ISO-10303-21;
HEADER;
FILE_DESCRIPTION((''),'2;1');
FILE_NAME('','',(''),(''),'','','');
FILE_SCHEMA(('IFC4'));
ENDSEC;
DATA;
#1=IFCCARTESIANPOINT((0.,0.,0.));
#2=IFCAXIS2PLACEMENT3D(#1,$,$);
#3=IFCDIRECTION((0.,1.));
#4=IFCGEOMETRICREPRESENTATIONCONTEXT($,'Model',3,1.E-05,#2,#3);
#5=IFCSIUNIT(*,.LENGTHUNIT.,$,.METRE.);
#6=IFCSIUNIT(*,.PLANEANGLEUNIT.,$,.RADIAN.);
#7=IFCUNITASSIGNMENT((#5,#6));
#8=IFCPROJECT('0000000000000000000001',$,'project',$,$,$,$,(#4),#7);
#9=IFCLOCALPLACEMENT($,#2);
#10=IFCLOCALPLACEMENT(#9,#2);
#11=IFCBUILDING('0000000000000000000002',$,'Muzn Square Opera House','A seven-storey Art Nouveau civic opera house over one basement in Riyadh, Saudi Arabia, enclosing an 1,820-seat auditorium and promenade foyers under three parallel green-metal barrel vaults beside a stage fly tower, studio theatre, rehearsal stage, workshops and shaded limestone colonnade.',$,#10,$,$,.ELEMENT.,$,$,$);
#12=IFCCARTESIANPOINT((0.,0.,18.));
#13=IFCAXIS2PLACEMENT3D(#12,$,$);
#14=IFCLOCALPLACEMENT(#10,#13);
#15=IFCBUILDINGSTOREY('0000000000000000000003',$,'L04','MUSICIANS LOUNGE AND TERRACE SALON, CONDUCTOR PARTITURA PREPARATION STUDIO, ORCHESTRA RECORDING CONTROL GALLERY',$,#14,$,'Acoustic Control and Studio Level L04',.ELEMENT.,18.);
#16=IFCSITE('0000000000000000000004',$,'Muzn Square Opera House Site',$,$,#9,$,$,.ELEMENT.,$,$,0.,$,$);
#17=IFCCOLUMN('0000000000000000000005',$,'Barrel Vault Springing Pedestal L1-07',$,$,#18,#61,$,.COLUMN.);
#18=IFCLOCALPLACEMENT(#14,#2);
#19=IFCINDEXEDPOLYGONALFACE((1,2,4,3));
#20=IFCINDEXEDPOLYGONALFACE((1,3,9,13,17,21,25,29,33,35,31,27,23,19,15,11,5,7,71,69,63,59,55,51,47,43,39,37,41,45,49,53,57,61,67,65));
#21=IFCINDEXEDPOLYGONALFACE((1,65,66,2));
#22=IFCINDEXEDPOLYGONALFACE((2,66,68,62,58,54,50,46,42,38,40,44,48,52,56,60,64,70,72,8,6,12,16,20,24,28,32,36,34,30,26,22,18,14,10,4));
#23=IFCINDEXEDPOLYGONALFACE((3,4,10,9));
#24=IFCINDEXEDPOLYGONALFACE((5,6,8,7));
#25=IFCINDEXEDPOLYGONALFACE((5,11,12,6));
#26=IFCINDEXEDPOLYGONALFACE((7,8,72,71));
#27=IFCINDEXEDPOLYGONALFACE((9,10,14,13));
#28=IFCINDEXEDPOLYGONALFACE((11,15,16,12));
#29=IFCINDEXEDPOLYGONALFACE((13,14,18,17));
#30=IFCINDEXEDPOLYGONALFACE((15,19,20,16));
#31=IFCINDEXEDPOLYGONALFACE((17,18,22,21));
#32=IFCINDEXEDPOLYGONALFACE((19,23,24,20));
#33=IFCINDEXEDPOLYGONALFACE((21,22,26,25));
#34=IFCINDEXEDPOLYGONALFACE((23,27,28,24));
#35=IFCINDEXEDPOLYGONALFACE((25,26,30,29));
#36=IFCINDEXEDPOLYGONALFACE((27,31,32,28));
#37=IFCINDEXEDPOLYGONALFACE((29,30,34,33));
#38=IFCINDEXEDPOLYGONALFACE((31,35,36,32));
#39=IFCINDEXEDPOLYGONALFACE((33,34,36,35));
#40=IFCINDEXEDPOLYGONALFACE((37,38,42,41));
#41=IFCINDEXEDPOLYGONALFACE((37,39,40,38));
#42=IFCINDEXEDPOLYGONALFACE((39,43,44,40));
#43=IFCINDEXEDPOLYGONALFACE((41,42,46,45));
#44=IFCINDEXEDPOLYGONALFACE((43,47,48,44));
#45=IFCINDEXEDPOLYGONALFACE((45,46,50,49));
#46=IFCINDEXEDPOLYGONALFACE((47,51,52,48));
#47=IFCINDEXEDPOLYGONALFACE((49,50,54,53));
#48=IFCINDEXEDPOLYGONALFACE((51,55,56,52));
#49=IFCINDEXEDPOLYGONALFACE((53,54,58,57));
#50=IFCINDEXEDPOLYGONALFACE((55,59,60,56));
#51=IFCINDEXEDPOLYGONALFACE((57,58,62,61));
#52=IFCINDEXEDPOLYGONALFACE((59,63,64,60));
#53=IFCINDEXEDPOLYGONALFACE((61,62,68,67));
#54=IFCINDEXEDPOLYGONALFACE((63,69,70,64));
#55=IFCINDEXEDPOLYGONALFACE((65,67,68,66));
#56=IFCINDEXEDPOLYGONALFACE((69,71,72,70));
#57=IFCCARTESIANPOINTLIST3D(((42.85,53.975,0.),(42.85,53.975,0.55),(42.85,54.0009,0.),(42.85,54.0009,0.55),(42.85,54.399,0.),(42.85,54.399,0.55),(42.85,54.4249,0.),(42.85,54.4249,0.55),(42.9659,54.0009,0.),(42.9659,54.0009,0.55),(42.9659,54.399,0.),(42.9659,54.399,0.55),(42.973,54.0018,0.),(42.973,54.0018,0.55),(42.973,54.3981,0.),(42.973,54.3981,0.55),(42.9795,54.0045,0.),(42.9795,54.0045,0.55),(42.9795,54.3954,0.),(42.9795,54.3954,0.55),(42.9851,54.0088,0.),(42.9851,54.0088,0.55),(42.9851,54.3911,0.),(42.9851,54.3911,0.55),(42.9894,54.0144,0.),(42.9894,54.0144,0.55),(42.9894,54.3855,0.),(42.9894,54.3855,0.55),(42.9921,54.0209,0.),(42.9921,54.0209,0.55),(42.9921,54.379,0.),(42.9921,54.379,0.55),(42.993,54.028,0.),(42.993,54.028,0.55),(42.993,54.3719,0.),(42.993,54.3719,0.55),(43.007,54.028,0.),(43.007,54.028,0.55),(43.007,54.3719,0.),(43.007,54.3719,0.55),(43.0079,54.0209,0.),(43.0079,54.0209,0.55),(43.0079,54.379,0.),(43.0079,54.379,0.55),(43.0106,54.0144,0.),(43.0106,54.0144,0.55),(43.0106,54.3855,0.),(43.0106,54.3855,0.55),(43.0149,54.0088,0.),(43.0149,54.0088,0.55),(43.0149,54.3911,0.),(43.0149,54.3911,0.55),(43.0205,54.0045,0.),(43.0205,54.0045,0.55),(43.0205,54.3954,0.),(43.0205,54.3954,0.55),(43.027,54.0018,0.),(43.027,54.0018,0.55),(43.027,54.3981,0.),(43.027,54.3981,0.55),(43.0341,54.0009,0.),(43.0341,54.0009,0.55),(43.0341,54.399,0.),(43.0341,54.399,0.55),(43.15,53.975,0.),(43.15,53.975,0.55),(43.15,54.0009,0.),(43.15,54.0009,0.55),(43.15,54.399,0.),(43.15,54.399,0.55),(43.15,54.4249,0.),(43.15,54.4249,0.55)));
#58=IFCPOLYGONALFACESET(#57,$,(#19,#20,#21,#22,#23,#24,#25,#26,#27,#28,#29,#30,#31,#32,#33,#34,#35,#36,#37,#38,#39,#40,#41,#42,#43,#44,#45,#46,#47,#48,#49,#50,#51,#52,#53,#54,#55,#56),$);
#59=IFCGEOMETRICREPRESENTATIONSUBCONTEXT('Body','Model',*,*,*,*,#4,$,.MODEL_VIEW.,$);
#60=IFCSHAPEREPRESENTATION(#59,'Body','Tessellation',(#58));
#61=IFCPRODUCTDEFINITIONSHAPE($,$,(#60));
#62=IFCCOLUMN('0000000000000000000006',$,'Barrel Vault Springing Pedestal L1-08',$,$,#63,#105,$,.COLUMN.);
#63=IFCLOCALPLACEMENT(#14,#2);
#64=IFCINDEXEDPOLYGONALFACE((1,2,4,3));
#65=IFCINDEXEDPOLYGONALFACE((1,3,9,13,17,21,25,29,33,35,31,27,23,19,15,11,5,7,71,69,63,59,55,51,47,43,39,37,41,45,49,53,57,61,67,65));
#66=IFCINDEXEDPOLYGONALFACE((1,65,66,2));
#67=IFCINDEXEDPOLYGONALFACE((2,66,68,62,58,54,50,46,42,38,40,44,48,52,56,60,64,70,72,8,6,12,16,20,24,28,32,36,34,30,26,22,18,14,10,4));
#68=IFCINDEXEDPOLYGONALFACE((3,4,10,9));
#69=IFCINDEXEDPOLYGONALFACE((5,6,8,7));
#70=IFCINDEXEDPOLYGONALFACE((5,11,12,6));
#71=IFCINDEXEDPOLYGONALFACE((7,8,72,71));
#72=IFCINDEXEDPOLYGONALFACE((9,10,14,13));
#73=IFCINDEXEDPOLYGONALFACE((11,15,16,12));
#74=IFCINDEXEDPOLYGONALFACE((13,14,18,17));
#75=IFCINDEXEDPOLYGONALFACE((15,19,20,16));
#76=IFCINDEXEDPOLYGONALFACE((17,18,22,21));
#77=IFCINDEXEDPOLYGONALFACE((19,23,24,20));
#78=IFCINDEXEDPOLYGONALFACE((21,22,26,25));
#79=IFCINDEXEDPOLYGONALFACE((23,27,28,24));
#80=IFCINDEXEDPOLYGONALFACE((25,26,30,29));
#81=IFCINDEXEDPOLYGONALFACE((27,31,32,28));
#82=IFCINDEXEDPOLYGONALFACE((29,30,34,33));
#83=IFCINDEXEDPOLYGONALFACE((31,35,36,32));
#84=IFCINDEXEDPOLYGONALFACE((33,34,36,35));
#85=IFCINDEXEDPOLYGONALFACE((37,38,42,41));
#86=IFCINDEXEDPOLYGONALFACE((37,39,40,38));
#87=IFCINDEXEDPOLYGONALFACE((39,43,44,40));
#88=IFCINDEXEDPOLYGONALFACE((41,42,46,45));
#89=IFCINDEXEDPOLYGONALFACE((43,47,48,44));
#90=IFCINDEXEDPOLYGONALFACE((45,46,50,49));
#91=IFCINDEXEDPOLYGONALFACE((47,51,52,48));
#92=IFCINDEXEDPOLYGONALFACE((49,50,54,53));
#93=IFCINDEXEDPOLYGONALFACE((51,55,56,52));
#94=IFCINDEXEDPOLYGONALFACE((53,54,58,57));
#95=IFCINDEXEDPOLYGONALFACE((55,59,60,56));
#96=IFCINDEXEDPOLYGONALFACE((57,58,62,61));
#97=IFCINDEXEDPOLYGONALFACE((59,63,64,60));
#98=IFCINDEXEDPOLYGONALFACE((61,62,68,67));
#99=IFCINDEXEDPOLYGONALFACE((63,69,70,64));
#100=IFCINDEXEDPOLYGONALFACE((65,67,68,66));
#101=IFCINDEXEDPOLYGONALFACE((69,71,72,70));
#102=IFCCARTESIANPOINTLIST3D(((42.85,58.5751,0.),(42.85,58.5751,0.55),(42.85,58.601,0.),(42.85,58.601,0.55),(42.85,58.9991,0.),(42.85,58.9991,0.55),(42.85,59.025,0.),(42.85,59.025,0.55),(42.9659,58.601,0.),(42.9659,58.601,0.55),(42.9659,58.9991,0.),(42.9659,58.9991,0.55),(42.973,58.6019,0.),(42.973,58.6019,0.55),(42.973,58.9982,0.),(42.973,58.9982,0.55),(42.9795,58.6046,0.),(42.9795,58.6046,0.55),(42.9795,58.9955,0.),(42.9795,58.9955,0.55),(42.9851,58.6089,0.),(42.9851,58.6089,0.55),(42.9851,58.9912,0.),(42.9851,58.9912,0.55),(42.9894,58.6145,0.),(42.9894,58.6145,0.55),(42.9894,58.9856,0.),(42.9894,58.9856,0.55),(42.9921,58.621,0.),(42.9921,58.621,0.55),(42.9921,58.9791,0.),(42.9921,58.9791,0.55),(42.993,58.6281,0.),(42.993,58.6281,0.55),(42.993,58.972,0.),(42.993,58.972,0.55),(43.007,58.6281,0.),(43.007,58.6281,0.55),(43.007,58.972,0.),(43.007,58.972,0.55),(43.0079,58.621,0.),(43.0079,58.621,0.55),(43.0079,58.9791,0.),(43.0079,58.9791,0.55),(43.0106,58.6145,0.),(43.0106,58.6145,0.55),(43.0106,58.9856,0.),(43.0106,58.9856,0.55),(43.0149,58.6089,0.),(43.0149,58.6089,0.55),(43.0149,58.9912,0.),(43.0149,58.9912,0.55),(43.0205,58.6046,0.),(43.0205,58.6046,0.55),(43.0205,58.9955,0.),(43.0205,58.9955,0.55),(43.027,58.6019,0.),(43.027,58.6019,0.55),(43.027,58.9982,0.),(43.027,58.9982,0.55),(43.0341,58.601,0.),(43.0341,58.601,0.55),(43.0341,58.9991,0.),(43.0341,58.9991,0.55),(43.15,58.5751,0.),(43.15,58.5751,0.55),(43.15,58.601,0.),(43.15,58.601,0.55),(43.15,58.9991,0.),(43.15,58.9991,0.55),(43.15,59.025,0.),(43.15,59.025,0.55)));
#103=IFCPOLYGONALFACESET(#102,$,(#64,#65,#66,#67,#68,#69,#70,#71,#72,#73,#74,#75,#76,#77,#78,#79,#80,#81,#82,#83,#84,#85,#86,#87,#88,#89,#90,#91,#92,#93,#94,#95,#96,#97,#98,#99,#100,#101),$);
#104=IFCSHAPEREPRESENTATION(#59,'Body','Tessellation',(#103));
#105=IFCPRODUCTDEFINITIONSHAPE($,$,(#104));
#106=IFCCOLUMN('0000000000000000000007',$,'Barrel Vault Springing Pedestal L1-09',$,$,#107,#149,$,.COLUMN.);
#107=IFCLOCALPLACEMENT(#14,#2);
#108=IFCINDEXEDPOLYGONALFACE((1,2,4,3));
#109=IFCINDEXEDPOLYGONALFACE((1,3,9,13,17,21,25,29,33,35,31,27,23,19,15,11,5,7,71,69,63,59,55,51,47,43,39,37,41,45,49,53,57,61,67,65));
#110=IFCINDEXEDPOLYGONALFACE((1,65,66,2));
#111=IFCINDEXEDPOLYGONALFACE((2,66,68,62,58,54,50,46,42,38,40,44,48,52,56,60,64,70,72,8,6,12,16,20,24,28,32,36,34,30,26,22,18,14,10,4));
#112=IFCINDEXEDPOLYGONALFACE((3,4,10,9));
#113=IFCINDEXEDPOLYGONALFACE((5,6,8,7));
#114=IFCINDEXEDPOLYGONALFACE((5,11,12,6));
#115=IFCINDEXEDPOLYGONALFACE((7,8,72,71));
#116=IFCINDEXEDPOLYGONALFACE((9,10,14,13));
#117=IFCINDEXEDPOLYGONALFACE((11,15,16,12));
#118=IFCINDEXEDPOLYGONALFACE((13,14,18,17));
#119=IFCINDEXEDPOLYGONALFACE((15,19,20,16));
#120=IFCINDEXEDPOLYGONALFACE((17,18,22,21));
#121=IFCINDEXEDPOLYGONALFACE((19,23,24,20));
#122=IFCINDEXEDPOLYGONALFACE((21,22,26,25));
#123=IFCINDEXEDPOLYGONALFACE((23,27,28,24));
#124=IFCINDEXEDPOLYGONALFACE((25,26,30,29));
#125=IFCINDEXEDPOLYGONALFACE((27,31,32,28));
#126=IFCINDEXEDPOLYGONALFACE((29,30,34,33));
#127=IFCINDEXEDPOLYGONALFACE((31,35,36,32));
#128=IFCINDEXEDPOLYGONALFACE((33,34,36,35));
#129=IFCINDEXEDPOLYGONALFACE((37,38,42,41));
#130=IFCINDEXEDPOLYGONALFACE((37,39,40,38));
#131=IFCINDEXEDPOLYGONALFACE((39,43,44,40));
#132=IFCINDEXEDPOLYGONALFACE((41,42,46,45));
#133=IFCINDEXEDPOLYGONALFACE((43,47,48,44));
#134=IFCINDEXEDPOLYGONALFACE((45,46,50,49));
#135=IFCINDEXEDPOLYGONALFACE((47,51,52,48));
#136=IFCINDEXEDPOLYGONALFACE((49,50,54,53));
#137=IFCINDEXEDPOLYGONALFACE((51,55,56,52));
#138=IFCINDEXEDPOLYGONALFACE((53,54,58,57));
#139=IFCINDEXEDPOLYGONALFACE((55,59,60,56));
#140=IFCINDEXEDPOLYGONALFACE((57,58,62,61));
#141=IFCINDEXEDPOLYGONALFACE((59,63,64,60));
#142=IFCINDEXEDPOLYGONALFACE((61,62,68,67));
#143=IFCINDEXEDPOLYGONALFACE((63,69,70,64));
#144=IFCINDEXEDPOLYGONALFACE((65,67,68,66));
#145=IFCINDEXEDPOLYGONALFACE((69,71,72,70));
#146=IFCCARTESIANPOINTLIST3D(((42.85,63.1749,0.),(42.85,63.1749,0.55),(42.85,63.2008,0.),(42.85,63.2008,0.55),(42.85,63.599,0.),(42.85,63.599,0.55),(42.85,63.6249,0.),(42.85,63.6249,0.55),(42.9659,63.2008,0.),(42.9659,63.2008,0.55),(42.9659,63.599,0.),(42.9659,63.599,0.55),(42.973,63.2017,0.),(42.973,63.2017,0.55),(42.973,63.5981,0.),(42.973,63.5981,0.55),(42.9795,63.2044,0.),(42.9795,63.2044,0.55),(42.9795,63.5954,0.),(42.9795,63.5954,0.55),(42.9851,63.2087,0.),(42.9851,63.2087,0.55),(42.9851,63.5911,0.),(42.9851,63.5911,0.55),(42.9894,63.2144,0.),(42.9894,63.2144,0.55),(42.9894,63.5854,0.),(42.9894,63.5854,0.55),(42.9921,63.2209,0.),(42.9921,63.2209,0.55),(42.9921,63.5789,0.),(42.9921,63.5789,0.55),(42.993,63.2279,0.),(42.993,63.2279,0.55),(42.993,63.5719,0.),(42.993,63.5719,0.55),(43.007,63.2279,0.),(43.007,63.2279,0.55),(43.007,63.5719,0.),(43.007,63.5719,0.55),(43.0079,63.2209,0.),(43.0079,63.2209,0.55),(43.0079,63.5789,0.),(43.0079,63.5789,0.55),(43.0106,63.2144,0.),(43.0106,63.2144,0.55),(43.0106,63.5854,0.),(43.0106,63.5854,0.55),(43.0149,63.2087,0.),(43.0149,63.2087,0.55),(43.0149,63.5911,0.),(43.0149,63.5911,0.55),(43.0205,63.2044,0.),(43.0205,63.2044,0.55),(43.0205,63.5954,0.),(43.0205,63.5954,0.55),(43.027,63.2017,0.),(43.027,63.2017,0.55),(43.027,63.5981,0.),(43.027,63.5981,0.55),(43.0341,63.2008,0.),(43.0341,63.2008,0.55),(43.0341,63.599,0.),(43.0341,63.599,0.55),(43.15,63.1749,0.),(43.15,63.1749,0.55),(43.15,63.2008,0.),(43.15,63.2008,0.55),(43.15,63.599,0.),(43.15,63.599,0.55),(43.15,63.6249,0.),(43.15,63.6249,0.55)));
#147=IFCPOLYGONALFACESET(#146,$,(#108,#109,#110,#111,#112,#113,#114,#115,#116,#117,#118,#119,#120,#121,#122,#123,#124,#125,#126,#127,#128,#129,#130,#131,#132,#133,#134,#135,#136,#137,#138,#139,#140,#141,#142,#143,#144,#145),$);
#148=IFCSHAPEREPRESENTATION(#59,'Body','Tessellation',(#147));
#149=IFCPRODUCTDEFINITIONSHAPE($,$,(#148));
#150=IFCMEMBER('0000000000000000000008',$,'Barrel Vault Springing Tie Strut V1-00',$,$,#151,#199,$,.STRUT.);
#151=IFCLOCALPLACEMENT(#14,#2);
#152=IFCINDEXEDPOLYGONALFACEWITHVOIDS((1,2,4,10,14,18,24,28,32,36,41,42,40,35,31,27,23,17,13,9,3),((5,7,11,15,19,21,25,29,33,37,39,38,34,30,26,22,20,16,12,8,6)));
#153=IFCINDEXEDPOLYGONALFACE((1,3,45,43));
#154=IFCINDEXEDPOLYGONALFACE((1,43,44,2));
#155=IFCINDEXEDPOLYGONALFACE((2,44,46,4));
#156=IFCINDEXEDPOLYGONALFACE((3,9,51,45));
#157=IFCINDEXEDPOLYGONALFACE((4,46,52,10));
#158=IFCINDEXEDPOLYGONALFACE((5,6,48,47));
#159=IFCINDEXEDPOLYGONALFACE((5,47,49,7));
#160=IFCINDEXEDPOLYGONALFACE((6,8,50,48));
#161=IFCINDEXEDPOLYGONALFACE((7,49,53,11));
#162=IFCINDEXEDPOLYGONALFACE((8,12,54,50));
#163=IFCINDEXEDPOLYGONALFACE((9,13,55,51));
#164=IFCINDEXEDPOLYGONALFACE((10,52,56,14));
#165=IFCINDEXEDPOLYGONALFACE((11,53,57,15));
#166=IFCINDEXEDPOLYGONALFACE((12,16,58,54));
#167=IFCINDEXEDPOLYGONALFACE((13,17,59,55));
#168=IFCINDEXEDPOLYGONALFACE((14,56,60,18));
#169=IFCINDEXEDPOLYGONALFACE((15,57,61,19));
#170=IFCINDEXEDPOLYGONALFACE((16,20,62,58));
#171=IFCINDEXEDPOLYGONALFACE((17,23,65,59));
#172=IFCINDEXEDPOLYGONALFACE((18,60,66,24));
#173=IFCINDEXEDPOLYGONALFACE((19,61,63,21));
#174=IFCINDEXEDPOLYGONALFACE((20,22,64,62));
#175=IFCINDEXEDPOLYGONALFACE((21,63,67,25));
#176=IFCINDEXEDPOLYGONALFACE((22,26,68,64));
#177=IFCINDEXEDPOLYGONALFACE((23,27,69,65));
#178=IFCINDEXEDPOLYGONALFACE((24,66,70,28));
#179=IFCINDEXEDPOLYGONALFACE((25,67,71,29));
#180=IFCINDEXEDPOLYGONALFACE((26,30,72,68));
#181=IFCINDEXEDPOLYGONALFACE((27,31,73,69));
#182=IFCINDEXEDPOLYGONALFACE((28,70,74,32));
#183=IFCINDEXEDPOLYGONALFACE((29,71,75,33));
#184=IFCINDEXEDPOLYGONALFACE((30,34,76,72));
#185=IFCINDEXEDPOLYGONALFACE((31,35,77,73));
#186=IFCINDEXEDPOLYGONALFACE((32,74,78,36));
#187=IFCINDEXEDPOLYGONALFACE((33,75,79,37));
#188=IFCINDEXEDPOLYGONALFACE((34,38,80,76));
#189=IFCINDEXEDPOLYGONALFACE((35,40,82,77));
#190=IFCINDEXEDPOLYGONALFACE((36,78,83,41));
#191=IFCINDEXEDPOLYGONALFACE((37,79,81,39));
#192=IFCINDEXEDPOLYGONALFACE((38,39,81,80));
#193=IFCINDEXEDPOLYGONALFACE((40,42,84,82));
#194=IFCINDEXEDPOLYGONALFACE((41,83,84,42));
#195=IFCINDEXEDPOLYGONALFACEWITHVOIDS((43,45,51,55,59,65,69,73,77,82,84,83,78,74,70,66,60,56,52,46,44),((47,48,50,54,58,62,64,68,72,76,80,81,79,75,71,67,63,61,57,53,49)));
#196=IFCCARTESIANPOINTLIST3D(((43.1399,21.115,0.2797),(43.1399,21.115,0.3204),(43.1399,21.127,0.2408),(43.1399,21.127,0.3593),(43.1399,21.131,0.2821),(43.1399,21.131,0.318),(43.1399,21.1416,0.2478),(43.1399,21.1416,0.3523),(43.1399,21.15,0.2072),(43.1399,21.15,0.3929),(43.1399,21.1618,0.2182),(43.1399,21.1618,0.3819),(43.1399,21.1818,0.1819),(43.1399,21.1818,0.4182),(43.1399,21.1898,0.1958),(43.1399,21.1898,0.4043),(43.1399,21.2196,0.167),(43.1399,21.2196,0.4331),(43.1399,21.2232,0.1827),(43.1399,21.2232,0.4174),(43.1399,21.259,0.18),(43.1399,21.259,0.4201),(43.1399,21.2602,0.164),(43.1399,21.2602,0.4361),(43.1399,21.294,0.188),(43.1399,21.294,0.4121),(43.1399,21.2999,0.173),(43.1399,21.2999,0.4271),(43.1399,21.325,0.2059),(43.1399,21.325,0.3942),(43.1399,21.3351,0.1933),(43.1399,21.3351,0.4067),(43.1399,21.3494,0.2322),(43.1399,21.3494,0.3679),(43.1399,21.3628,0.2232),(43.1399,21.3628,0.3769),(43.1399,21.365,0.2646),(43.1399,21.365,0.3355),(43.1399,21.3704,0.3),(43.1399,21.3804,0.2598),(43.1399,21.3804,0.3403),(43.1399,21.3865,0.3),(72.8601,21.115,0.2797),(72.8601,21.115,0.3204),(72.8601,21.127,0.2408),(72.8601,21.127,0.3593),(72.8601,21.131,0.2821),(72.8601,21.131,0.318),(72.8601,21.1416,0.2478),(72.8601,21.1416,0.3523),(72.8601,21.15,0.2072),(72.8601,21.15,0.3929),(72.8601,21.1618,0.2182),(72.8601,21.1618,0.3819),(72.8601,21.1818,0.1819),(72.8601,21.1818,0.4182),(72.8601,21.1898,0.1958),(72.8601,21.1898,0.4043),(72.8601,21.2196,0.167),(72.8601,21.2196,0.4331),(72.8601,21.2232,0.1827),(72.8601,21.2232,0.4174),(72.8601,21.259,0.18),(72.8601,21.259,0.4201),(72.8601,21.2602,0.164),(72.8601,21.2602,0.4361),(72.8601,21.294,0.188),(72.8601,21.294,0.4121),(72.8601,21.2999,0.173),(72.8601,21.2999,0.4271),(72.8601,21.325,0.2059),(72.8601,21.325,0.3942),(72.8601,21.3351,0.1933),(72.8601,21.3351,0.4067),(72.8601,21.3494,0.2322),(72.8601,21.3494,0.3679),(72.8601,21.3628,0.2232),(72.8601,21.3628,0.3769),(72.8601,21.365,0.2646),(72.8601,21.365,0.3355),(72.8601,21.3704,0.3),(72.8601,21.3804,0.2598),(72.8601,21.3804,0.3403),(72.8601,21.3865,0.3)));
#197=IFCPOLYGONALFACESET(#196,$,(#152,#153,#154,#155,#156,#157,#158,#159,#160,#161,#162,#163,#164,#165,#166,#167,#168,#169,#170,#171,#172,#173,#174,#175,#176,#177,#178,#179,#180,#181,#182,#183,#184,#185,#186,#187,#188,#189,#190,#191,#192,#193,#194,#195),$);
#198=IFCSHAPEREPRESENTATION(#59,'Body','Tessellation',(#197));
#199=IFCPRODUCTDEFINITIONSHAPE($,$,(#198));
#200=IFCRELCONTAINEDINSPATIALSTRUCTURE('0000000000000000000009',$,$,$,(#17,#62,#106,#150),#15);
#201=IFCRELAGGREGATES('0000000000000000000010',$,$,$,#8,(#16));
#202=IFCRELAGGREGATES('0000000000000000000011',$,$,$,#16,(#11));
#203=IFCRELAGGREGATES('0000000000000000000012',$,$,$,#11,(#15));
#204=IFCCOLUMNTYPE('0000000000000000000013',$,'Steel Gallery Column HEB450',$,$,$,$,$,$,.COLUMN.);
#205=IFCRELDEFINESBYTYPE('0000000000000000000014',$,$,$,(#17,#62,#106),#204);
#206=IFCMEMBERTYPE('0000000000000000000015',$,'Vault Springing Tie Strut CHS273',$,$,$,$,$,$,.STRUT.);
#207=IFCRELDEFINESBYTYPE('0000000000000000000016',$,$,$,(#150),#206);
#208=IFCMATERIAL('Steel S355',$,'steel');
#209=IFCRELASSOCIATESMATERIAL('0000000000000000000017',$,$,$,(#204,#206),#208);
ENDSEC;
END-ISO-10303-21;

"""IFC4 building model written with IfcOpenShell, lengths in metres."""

from ifc_helpers import new_model, si_unit, direction, frame, origin, origin_2d, place, context, subcontext, project, spatial, hollow_circle, i_section, extrude, material, material_profile, profile_set, type_object, element, save


model = new_model("IFC4")

# Units and contexts
model_context = context("Model", 3, precision=1e-05, world=origin(), true_north=direction((0.0, 1.0)))
body_context = subcontext(model_context, "Body", "Model", "MODEL_VIEW")
ifc_project = project(units=[si_unit("LENGTHUNIT", "METRE"), si_unit("PLANEANGLEUNIT", "RADIAN")], contexts=[model_context])

# Site, building, storey
site_placement = place(None, origin())
site = spatial("IfcSite", under=ifc_project, at=site_placement, Name="Muzn Square Opera House Site", CompositionType="ELEMENT", RefElevation=0.0)
building_placement = place(site_placement, origin())
building = spatial("IfcBuilding", under=site, at=building_placement, Name="Muzn Square Opera House", Description="A seven-storey Art Nouveau civic opera house over one basement in Riyadh, Saudi Arabia, enclosing an 1,820-seat auditorium and promenade foyers under three parallel green-metal barrel vaults beside a stage fly tower, studio theatre, rehearsal stage, workshops and shaded limestone colonnade.", CompositionType="ELEMENT")
storey_placement = place(building_placement, frame((0.0, 0.0, 18.0)))
storey = spatial("IfcBuildingStorey", under=building, at=storey_placement, Name="L04", Description="MUSICIANS LOUNGE AND TERRACE SALON, CONDUCTOR PARTITURA PREPARATION STUDIO, ORCHESTRA RECORDING CONTROL GALLERY", LongName="Acoustic Control and Studio Level L04", CompositionType="ELEMENT", Elevation=18.0)

# Columns
ifc_material_1 = material(Name="Steel S355", Category="steel")
ifc_material_profile_1 = material_profile(ifc_material_1, i_section(OverallWidth=0.3, OverallDepth=0.45, WebThickness=0.0139, FlangeThickness=0.0259, FilletRadius=0.0271, at=origin_2d()), Name="HEB 450", Category="steel")
ifc_profile_set_1 = profile_set([ifc_material_profile_1], Name="Steel S355")
column_type = type_object("IfcColumnType", Name="Steel Gallery Column HEB450", PredefinedType="COLUMN", material=ifc_profile_set_1)
for number, where, z_axis, x_axis, name in (
    (1, (43.0, 54.2, 0.0), (0.0, 0.0, 1.0), (1.0, 0.0, 0.0), "Barrel Vault Springing Pedestal L1-07"),
    (2, (43.0, 58.8, 0.0), (0.0, 0.0, 1.0), (1.0, 0.0, 0.0), "Barrel Vault Springing Pedestal L1-08"),
    (3, (43.0, 63.3999, 0.0), (0.0, 0.0, 1.0), (1.0, 0.0, 0.0), "Barrel Vault Springing Pedestal L1-09"),
):
    element("IfcColumn", number, at=place(storey_placement, frame(where, z_axis=z_axis, x_axis=x_axis)), inside=storey, type_object=column_type, Name=name, PredefinedType="COLUMN", context=body_context, shape_type="SweptSolid", body=[
        extrude(i_section(OverallWidth=0.3, OverallDepth=0.45, WebThickness=0.0139, FlangeThickness=0.0259, FilletRadius=0.0271, at=origin_2d()), origin(), (0.0, 0.0, 1.0), 0.55),
    ])

# Member
ifc_material_profile_2 = material_profile(ifc_material_1, hollow_circle(Radius=0.1365, WallThickness=0.0161, at=origin_2d()), Name="CHS 273x16", Category="steel")
ifc_profile_set_2 = profile_set([ifc_material_profile_2], Name="Steel S355")
member_type = type_object("IfcMemberType", Name="Vault Springing Tie Strut CHS273", PredefinedType="STRUT", material=ifc_profile_set_2)
for number, where, z_axis, x_axis, name in (
    (4, (43.1399, 21.25, 0.3), (1.0, 0.0, 0.0), (0.0, 1.0, 0.0), "Barrel Vault Springing Tie Strut V1-00"),
):
    element("IfcMember", number, at=place(storey_placement, frame(where, z_axis=z_axis, x_axis=x_axis)), inside=storey, type_object=member_type, Name=name, PredefinedType="STRUT", context=body_context, shape_type="SweptSolid", body=[
        extrude(hollow_circle(Radius=0.1365, WallThickness=0.0161, at=origin_2d()), origin(), (0.0, 0.0, 1.0), 29.7202),
    ])

save(model, "model.ifc")
